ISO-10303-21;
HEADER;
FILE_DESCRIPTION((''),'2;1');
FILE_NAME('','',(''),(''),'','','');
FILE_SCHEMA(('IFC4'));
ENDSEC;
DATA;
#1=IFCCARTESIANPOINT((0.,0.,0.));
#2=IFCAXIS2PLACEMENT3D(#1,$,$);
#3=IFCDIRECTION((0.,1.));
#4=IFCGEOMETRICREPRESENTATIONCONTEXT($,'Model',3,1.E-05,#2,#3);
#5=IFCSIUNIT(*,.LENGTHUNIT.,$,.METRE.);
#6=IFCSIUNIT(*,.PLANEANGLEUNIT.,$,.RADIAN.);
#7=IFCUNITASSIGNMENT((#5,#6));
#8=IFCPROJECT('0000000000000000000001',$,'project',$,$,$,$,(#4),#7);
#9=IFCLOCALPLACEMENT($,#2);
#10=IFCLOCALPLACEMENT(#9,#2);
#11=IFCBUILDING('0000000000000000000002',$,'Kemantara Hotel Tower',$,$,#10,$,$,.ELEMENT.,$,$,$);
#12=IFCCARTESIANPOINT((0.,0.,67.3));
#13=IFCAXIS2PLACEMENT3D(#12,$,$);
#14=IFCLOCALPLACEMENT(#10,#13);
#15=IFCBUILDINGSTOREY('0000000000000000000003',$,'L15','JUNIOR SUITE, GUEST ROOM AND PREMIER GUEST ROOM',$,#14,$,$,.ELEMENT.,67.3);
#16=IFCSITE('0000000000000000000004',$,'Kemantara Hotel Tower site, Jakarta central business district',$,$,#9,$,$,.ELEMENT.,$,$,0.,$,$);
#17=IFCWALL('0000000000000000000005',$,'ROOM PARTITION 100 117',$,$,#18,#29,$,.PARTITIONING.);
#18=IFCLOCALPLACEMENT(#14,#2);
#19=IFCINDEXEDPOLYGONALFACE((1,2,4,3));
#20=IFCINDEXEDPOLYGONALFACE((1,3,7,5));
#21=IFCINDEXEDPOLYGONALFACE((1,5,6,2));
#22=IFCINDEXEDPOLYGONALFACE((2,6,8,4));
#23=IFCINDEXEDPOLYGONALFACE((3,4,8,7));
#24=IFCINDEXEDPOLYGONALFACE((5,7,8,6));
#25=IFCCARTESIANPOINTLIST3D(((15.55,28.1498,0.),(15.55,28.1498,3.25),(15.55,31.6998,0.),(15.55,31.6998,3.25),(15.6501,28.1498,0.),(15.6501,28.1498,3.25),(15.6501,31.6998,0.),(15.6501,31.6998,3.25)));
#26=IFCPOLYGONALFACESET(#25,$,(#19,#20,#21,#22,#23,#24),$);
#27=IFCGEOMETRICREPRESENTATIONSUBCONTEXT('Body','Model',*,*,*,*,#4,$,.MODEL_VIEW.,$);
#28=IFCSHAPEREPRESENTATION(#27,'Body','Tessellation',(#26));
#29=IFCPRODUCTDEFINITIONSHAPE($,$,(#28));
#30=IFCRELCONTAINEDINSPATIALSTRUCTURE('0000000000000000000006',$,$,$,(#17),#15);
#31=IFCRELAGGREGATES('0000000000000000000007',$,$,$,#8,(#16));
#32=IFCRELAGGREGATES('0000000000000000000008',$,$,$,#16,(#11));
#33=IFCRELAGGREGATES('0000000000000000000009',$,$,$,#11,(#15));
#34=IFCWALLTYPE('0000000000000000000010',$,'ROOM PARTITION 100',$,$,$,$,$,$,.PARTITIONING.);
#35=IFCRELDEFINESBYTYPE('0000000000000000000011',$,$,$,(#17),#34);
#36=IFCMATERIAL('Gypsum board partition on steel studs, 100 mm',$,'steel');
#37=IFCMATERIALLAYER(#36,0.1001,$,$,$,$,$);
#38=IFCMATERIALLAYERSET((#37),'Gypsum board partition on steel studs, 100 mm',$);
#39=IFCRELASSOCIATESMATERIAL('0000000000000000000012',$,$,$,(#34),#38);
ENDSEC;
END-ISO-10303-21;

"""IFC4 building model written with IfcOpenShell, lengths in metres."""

from ifc_helpers import new_model, si_unit, direction, frame, frame_2d, origin, place, context, subcontext, project, spatial, rectangle, extrude, material, layer, layer_set, type_object, element, save


model = new_model("IFC4")

# Units and contexts
model_context = context("Model", 3, precision=1e-05, world=origin(), true_north=direction((0.0, 1.0)))
body_context = subcontext(model_context, "Body", "Model", "MODEL_VIEW")
ifc_project = project(units=[si_unit("LENGTHUNIT", "METRE"), si_unit("PLANEANGLEUNIT", "RADIAN")], contexts=[model_context])

# Site, building, storey
site_placement = place(None, origin())
site = spatial("IfcSite", under=ifc_project, at=site_placement, Name="Kemantara Hotel Tower site, Jakarta central business district", CompositionType="ELEMENT", RefElevation=0.0)
building_placement = place(site_placement, origin())
building = spatial("IfcBuilding", under=site, at=building_placement, Name="Kemantara Hotel Tower", CompositionType="ELEMENT")
storey_placement = place(building_placement, frame((0.0, 0.0, 67.3)))
storey = spatial("IfcBuildingStorey", under=building, at=storey_placement, Name="L15", Description="JUNIOR SUITE, GUEST ROOM AND PREMIER GUEST ROOM", CompositionType="ELEMENT", Elevation=67.3)

# Shared definitions
ifc_material_1 = material(Name="Gypsum board partition on steel studs, 100 mm", Category="steel")
ifc_layer_1 = layer(ifc_material_1, 0.1001)
ifc_layer_set_1 = layer_set([ifc_layer_1], Name="Gypsum board partition on steel studs, 100 mm")
wall_type_1 = type_object("IfcWallType", Name="ROOM PARTITION 100", PredefinedType="PARTITIONING", material=ifc_layer_set_1)

# Wall
wall_1_placement = place(storey_placement, frame((15.6001, 28.1499, 0.0), z_axis=(0.0, 0.0, 1.0), x_axis=(0.0, 1.0, 0.0)))
element("IfcWall", 1, at=wall_1_placement, inside=storey, type_object=wall_type_1, Name="ROOM PARTITION 100 117", PredefinedType="PARTITIONING", context=body_context, shape_type="SweptSolid", body=[
    extrude(rectangle(XDim=3.55, YDim=0.1001, at=frame_2d((1.7749, 0.0))), origin(), (0.0, 0.0, 1.0), 3.25),
])

save(model, "model.ifc")
